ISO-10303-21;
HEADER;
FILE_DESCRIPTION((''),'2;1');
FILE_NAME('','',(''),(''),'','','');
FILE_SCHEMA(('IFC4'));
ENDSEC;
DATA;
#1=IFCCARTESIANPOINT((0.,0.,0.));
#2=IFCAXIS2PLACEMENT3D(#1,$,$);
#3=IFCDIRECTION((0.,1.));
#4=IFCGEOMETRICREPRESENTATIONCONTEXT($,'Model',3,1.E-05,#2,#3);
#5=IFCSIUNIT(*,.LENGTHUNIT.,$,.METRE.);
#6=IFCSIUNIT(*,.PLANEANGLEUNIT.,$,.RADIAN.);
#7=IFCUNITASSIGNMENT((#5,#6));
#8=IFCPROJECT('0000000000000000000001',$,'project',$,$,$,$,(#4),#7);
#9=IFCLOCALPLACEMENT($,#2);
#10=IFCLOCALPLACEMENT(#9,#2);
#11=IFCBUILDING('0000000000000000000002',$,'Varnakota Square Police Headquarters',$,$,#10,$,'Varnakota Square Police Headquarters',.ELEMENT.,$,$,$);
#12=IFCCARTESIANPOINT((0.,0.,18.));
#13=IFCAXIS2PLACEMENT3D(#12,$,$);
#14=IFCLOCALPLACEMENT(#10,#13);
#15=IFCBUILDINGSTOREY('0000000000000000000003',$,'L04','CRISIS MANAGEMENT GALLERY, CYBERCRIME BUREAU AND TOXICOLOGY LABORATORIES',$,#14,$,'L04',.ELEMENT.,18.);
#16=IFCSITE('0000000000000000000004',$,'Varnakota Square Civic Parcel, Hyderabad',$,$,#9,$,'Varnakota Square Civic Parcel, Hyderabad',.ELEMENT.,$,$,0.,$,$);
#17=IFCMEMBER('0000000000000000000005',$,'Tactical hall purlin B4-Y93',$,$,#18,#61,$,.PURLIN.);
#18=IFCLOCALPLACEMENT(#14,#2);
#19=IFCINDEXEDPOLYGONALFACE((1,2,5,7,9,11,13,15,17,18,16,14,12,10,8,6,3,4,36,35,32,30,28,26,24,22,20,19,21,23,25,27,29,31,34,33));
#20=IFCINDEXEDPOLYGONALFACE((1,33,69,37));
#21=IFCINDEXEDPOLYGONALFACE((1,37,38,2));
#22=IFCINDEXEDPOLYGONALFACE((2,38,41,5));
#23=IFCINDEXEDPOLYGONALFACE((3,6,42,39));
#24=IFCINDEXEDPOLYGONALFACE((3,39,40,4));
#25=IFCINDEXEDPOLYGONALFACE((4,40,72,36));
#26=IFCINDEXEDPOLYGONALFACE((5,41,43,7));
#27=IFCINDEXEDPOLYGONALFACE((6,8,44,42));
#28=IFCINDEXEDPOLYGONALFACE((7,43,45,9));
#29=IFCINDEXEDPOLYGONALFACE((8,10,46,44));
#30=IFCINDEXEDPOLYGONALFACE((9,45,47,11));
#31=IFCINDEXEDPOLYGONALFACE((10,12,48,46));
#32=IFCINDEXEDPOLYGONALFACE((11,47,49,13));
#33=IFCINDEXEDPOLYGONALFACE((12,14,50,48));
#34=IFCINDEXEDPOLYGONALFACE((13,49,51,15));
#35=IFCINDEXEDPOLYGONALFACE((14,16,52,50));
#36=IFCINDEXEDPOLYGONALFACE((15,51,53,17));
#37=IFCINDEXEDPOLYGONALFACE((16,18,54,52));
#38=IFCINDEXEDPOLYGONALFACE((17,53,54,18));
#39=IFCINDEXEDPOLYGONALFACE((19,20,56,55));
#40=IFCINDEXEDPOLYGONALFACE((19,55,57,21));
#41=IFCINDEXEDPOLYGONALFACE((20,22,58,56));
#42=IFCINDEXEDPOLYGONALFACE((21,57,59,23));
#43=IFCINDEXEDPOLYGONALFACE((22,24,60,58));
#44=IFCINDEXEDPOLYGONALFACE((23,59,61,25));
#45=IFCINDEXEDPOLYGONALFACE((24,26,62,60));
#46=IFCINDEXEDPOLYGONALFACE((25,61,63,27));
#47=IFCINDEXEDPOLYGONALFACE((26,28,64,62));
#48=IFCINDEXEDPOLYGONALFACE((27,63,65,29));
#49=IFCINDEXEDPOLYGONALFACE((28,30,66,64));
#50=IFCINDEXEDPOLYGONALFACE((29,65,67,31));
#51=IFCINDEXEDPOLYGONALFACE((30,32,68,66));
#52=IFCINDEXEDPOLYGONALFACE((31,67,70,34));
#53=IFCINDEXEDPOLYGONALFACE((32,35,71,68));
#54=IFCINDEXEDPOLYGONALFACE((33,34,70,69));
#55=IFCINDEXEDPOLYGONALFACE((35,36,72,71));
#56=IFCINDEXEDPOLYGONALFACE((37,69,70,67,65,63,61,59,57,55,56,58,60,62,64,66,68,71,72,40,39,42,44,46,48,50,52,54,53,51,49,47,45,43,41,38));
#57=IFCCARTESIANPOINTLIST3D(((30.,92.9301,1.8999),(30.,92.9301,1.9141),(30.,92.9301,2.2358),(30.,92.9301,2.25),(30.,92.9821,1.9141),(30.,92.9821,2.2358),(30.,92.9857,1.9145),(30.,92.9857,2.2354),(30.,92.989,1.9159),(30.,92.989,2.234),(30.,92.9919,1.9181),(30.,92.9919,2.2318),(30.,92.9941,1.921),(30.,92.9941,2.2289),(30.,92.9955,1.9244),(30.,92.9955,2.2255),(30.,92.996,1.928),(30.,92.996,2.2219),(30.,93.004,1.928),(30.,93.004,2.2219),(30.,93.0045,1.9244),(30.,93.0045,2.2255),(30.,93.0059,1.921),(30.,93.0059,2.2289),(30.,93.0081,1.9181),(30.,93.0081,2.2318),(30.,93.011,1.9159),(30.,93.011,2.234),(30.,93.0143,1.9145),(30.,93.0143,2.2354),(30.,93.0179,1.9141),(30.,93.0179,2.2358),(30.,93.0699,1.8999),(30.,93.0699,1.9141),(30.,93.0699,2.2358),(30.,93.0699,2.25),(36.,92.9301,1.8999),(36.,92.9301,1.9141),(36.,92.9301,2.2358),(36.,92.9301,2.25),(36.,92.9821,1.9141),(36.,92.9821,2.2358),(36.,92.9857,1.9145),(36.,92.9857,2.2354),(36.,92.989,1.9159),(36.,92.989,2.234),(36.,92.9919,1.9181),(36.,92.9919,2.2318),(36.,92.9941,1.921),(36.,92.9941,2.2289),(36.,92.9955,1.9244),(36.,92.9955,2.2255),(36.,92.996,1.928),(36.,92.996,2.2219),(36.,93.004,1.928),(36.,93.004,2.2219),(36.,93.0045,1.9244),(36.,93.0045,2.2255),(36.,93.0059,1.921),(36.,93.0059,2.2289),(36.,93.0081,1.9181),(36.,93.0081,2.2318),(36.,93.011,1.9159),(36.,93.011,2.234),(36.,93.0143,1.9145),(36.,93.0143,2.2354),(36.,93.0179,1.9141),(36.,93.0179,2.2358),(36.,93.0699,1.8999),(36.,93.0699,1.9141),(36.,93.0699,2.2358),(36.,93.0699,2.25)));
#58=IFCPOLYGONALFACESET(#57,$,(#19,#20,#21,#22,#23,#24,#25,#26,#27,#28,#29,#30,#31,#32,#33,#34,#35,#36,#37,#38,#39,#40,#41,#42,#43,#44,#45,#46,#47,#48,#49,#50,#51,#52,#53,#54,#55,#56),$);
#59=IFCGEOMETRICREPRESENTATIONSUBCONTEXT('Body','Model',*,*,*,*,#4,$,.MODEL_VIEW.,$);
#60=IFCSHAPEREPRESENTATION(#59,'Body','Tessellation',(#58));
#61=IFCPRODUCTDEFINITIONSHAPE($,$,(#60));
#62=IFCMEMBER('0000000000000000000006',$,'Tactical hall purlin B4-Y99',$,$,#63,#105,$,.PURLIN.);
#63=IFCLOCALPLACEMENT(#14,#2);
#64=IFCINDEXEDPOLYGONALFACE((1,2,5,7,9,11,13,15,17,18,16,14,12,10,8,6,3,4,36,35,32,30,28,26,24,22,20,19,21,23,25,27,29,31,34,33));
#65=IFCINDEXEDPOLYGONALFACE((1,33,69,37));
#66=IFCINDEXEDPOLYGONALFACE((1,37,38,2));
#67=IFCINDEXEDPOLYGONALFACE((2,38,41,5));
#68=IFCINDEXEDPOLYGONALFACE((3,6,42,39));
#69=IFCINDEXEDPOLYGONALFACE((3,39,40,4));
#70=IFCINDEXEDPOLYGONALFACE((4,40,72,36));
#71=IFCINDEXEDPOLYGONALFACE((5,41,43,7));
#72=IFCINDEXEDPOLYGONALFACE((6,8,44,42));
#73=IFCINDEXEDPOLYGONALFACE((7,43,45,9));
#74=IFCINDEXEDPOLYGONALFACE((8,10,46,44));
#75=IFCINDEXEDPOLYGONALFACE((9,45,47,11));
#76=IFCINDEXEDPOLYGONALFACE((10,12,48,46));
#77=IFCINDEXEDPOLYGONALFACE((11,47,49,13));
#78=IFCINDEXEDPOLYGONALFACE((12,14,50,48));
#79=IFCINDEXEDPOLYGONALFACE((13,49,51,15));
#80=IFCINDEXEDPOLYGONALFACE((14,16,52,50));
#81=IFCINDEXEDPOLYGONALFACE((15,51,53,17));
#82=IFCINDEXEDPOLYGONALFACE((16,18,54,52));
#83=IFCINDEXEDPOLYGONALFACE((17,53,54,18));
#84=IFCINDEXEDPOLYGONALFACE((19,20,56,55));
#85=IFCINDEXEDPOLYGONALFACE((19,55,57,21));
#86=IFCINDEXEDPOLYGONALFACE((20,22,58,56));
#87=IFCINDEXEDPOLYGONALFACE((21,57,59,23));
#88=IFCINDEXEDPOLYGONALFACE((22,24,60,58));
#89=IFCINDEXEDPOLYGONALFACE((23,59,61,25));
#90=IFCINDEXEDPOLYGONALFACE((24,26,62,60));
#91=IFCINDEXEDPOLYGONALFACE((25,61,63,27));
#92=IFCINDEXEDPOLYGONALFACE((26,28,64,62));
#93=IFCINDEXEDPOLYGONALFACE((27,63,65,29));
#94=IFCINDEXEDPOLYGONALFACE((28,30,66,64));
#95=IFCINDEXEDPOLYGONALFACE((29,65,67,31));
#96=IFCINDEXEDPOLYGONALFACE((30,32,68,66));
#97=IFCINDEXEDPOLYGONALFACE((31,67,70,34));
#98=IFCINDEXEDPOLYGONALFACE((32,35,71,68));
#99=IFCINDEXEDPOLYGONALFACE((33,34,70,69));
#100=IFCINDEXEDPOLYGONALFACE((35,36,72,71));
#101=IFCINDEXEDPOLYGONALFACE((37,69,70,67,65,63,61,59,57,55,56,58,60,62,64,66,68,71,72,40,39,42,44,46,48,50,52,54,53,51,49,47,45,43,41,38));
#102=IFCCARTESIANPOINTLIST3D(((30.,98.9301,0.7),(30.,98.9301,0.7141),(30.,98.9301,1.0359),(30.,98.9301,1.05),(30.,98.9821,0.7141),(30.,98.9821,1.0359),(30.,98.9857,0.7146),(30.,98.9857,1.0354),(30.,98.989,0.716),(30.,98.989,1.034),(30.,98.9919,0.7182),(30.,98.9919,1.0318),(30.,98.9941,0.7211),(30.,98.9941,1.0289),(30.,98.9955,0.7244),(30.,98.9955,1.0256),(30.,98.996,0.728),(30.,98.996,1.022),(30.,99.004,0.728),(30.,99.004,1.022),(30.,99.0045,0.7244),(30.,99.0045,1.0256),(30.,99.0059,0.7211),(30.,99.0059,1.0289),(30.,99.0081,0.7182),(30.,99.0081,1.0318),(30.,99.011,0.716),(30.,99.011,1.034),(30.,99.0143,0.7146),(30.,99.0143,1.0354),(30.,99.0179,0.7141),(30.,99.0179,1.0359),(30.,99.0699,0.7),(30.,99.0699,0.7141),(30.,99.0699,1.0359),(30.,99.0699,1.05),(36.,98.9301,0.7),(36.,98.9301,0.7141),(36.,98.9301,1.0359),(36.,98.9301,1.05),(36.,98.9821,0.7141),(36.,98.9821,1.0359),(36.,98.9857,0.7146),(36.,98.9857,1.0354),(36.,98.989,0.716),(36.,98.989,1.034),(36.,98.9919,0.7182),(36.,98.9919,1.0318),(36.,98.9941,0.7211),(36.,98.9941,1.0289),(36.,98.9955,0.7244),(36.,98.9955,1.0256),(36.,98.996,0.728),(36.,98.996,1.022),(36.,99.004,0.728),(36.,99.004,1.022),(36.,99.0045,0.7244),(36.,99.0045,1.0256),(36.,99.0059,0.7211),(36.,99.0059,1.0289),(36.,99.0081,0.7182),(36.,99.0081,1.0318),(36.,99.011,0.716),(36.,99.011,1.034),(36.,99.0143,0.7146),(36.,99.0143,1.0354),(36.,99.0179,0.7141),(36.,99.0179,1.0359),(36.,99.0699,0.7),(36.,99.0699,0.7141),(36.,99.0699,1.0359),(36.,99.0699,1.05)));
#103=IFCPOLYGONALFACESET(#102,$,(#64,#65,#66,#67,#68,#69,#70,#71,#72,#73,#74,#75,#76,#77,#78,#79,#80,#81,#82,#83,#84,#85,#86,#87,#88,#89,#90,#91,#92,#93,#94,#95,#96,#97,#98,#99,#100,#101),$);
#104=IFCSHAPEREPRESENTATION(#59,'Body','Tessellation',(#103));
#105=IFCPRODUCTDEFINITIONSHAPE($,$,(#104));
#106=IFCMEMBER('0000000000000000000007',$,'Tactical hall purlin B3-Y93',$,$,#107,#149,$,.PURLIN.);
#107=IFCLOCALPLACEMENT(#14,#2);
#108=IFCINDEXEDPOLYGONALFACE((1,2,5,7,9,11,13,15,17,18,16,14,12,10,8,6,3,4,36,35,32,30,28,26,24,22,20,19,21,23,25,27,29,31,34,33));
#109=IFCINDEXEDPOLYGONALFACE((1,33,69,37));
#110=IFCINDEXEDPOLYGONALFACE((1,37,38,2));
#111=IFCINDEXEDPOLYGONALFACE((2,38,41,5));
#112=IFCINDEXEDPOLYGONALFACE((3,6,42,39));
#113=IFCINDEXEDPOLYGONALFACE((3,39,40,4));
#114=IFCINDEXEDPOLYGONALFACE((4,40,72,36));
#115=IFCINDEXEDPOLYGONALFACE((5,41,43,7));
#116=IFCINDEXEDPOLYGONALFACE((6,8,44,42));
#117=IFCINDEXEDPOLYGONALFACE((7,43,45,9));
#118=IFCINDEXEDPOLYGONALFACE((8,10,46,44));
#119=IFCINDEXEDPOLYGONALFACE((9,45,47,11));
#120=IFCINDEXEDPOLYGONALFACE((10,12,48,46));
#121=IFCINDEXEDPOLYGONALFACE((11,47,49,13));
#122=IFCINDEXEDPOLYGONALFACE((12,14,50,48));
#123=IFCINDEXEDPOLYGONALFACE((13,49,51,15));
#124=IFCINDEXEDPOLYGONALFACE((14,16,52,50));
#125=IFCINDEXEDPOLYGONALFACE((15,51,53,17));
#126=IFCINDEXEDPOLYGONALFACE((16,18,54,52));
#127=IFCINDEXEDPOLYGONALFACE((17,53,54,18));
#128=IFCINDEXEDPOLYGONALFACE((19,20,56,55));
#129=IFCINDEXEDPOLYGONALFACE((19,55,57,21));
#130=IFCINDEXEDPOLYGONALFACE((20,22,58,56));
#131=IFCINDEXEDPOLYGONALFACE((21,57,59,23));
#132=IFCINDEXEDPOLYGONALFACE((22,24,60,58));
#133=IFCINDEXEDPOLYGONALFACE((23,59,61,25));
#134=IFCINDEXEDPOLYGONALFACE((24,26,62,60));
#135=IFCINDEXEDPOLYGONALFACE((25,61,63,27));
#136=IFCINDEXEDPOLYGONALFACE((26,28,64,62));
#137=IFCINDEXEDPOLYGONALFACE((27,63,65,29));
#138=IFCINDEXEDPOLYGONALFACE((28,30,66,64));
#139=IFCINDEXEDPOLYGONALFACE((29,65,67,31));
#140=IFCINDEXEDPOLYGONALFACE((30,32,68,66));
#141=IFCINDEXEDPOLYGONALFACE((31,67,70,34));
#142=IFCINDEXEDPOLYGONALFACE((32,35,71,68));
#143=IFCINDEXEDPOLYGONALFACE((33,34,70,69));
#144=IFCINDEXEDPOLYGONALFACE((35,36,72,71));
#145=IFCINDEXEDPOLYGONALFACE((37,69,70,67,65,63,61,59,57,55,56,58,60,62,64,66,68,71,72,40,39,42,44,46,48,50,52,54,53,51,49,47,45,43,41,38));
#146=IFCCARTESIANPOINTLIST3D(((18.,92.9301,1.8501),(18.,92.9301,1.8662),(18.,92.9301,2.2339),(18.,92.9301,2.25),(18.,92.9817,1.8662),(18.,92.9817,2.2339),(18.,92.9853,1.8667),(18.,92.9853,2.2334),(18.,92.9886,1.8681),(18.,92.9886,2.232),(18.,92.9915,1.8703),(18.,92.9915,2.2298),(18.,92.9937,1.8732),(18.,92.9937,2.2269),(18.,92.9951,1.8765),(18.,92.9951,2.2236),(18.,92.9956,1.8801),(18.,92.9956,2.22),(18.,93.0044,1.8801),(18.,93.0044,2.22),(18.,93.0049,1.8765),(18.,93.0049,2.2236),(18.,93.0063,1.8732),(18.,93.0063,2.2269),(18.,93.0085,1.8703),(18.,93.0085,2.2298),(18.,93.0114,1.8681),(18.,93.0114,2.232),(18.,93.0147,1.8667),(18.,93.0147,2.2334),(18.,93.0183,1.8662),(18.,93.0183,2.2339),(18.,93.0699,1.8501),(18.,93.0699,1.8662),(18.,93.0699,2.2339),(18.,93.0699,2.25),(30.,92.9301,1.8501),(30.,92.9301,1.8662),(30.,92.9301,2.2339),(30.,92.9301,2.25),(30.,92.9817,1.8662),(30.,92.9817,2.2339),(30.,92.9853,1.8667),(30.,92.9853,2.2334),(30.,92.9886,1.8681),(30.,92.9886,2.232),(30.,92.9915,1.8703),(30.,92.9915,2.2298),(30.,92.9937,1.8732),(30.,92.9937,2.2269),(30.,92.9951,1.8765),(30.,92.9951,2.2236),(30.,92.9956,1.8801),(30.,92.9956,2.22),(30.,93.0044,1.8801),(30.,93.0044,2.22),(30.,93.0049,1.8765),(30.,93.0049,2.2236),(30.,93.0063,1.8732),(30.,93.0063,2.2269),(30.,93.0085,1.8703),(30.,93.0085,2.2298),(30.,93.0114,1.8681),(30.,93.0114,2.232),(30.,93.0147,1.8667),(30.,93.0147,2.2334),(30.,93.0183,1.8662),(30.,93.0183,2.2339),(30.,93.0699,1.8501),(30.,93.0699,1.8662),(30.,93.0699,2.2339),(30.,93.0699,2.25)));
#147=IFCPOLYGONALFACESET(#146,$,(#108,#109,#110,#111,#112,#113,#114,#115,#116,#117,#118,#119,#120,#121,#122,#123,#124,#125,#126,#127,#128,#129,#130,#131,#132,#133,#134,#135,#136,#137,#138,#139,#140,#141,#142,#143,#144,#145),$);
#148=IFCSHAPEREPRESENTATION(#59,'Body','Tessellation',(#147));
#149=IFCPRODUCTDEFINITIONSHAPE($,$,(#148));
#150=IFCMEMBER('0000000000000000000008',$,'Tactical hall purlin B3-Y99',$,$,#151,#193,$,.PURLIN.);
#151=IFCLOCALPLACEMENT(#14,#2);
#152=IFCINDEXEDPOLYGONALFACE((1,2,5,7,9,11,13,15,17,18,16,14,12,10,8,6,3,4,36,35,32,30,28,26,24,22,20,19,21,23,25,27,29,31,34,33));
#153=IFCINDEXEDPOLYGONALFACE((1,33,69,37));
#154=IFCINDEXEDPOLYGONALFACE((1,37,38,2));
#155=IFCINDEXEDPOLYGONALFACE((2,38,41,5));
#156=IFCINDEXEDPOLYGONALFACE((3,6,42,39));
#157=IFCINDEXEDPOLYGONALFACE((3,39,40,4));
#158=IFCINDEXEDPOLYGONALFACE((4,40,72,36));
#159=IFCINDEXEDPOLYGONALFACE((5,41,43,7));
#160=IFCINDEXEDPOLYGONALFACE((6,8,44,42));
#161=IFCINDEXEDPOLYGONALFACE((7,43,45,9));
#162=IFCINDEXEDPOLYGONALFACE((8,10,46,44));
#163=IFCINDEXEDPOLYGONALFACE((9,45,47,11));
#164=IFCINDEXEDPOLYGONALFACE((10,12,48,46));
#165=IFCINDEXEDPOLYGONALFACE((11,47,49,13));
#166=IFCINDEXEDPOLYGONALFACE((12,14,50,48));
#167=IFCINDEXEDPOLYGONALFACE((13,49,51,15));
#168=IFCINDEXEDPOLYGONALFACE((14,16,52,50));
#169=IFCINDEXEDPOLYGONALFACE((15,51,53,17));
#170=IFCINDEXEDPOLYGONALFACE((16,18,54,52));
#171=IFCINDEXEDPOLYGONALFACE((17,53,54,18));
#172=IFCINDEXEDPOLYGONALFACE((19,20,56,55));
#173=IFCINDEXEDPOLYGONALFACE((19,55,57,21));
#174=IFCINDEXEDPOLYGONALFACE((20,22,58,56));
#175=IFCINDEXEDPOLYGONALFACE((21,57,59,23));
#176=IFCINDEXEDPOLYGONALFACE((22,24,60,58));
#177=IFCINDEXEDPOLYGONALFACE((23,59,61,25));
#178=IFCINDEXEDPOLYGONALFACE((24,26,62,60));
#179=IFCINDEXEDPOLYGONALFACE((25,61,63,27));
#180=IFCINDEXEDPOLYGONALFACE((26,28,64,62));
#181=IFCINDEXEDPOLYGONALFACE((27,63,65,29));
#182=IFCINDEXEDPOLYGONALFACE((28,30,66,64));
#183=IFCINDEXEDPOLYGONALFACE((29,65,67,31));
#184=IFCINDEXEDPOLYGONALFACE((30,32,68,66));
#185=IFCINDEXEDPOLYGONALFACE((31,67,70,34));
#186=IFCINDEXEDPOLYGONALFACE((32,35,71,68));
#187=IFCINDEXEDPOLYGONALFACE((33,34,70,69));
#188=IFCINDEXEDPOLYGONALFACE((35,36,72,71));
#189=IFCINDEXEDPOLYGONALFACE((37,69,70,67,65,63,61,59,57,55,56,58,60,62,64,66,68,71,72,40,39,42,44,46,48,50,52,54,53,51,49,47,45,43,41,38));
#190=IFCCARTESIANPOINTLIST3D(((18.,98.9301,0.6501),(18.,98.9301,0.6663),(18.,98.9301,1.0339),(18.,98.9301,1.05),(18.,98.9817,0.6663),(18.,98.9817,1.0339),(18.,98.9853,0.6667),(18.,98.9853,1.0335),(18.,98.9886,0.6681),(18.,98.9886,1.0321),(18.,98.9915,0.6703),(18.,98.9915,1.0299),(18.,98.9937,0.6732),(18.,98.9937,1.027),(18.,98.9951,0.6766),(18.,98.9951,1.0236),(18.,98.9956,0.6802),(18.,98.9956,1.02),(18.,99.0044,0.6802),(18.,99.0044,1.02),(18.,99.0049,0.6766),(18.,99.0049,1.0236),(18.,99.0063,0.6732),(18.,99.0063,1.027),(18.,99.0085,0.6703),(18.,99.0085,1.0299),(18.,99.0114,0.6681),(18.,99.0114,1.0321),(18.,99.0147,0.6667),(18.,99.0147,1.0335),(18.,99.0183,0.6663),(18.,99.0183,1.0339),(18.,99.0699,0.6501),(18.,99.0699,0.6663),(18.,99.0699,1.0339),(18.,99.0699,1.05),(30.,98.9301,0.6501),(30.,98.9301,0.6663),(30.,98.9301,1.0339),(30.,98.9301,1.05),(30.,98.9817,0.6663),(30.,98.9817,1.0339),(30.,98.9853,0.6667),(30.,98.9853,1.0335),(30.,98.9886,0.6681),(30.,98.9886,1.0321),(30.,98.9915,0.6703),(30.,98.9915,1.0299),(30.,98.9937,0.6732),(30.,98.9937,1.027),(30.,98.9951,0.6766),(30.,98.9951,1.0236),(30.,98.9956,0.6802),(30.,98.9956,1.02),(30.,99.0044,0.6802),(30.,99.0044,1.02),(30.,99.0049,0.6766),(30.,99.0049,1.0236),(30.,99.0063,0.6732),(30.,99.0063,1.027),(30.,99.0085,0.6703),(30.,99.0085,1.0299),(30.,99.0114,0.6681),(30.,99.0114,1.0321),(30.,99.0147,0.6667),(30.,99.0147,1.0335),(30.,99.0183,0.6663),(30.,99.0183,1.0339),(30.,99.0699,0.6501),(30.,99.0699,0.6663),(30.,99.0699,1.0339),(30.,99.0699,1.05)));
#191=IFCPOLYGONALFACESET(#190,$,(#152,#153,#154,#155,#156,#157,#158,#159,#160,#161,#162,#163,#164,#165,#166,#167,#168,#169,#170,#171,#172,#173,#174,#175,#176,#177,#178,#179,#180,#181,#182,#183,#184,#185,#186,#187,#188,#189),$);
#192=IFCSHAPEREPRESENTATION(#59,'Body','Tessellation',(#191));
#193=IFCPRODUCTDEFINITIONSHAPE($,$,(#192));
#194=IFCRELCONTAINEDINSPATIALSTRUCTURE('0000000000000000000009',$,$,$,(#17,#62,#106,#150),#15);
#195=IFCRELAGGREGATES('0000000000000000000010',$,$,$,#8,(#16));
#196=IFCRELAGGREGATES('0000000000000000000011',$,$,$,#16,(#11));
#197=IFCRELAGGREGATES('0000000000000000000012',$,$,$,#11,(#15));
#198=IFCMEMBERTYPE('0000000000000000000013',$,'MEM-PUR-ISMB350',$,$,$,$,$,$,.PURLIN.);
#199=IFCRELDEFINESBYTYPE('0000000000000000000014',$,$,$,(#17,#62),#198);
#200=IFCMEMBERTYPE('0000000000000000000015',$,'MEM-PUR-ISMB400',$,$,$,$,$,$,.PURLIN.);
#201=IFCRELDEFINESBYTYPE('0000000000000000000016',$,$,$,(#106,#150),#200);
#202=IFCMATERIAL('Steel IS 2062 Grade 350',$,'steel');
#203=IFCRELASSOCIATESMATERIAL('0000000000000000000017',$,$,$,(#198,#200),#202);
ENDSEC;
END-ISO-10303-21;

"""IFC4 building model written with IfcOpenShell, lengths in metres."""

from ifc_helpers import new_model, si_unit, direction, frame, origin, origin_2d, place, context, subcontext, project, spatial, i_section, extrude, material, material_profile, profile_set, type_object, element, save


model = new_model("IFC4")

# Units and contexts
model_context = context("Model", 3, precision=1e-05, world=origin(), true_north=direction((0.0, 1.0)))
body_context = subcontext(model_context, "Body", "Model", "MODEL_VIEW")
ifc_project = project(units=[si_unit("LENGTHUNIT", "METRE"), si_unit("PLANEANGLEUNIT", "RADIAN")], contexts=[model_context])

# Site, building, storey
site_placement = place(None, origin())
site = spatial("IfcSite", under=ifc_project, at=site_placement, Name="Varnakota Square Civic Parcel, Hyderabad", LongName="Varnakota Square Civic Parcel, Hyderabad", CompositionType="ELEMENT", RefElevation=0.0)
building_placement = place(site_placement, origin())
building = spatial("IfcBuilding", under=site, at=building_placement, Name="Varnakota Square Police Headquarters", LongName="Varnakota Square Police Headquarters", CompositionType="ELEMENT")
storey_placement = place(building_placement, frame((0.0, 0.0, 18.0)))
storey = spatial("IfcBuildingStorey", under=building, at=storey_placement, Name="L04", Description="CRISIS MANAGEMENT GALLERY, CYBERCRIME BUREAU AND TOXICOLOGY LABORATORIES", LongName="L04", CompositionType="ELEMENT", Elevation=18.0)

# Shared definitions
ifc_material_1 = material(Name="Steel IS 2062 Grade 350", Category="steel")

# Members
ifc_material_profile_1 = material_profile(ifc_material_1, i_section(OverallWidth=0.1399, OverallDepth=0.3501, WebThickness=0.0081, FlangeThickness=0.0142, FilletRadius=0.0139, at=origin_2d()), Name="ISMB 350")
ifc_profile_set_1 = profile_set([ifc_material_profile_1], Name="Steel IS 2062 Grade 350")
member_type_1 = type_object("IfcMemberType", Name="MEM-PUR-ISMB350", PredefinedType="PURLIN", material=ifc_profile_set_1)
for number, where, z_axis, x_axis, name in (
    (1, (30.0, 93.0, 2.075), (1.0, 0.0, 0.0), (0.0, 1.0, 0.0), "Tactical hall purlin B4-Y93"),
    (2, (30.0, 99.0, 0.875), (1.0, 0.0, 0.0), (0.0, 1.0, 0.0), "Tactical hall purlin B4-Y99"),
):
    element("IfcMember", number, at=place(storey_placement, frame(where, z_axis=z_axis, x_axis=x_axis)), inside=storey, type_object=member_type_1, Name=name, PredefinedType="PURLIN", context=body_context, shape_type="SweptSolid", body=[
        extrude(i_section(OverallWidth=0.1399, OverallDepth=0.3501, WebThickness=0.0081, FlangeThickness=0.0142, FilletRadius=0.0139, at=origin_2d()), origin(), (0.0, 0.0, 1.0), 6.0),
    ])
ifc_material_profile_2 = material_profile(ifc_material_1, i_section(OverallWidth=0.1399, OverallDepth=0.3999, WebThickness=0.0088, FlangeThickness=0.0161, FilletRadius=0.0139, at=origin_2d()), Name="ISMB 400")
ifc_profile_set_2 = profile_set([ifc_material_profile_2], Name="Steel IS 2062 Grade 350")
member_type_2 = type_object("IfcMemberType", Name="MEM-PUR-ISMB400", PredefinedType="PURLIN", material=ifc_profile_set_2)
for number, where, z_axis, x_axis, name in (
    (3, (18.0, 93.0, 2.05), (1.0, 0.0, 0.0), (0.0, 1.0, 0.0), "Tactical hall purlin B3-Y93"),
    (4, (18.0, 99.0, 0.8501), (1.0, 0.0, 0.0), (0.0, 1.0, 0.0), "Tactical hall purlin B3-Y99"),
):
    element("IfcMember", number, at=place(storey_placement, frame(where, z_axis=z_axis, x_axis=x_axis)), inside=storey, type_object=member_type_2, Name=name, PredefinedType="PURLIN", context=body_context, shape_type="SweptSolid", body=[
        extrude(i_section(OverallWidth=0.1399, OverallDepth=0.3999, WebThickness=0.0088, FlangeThickness=0.0161, FilletRadius=0.0139, at=origin_2d()), origin(), (0.0, 0.0, 1.0), 12.0),
    ])

save(model, "model.ifc")
